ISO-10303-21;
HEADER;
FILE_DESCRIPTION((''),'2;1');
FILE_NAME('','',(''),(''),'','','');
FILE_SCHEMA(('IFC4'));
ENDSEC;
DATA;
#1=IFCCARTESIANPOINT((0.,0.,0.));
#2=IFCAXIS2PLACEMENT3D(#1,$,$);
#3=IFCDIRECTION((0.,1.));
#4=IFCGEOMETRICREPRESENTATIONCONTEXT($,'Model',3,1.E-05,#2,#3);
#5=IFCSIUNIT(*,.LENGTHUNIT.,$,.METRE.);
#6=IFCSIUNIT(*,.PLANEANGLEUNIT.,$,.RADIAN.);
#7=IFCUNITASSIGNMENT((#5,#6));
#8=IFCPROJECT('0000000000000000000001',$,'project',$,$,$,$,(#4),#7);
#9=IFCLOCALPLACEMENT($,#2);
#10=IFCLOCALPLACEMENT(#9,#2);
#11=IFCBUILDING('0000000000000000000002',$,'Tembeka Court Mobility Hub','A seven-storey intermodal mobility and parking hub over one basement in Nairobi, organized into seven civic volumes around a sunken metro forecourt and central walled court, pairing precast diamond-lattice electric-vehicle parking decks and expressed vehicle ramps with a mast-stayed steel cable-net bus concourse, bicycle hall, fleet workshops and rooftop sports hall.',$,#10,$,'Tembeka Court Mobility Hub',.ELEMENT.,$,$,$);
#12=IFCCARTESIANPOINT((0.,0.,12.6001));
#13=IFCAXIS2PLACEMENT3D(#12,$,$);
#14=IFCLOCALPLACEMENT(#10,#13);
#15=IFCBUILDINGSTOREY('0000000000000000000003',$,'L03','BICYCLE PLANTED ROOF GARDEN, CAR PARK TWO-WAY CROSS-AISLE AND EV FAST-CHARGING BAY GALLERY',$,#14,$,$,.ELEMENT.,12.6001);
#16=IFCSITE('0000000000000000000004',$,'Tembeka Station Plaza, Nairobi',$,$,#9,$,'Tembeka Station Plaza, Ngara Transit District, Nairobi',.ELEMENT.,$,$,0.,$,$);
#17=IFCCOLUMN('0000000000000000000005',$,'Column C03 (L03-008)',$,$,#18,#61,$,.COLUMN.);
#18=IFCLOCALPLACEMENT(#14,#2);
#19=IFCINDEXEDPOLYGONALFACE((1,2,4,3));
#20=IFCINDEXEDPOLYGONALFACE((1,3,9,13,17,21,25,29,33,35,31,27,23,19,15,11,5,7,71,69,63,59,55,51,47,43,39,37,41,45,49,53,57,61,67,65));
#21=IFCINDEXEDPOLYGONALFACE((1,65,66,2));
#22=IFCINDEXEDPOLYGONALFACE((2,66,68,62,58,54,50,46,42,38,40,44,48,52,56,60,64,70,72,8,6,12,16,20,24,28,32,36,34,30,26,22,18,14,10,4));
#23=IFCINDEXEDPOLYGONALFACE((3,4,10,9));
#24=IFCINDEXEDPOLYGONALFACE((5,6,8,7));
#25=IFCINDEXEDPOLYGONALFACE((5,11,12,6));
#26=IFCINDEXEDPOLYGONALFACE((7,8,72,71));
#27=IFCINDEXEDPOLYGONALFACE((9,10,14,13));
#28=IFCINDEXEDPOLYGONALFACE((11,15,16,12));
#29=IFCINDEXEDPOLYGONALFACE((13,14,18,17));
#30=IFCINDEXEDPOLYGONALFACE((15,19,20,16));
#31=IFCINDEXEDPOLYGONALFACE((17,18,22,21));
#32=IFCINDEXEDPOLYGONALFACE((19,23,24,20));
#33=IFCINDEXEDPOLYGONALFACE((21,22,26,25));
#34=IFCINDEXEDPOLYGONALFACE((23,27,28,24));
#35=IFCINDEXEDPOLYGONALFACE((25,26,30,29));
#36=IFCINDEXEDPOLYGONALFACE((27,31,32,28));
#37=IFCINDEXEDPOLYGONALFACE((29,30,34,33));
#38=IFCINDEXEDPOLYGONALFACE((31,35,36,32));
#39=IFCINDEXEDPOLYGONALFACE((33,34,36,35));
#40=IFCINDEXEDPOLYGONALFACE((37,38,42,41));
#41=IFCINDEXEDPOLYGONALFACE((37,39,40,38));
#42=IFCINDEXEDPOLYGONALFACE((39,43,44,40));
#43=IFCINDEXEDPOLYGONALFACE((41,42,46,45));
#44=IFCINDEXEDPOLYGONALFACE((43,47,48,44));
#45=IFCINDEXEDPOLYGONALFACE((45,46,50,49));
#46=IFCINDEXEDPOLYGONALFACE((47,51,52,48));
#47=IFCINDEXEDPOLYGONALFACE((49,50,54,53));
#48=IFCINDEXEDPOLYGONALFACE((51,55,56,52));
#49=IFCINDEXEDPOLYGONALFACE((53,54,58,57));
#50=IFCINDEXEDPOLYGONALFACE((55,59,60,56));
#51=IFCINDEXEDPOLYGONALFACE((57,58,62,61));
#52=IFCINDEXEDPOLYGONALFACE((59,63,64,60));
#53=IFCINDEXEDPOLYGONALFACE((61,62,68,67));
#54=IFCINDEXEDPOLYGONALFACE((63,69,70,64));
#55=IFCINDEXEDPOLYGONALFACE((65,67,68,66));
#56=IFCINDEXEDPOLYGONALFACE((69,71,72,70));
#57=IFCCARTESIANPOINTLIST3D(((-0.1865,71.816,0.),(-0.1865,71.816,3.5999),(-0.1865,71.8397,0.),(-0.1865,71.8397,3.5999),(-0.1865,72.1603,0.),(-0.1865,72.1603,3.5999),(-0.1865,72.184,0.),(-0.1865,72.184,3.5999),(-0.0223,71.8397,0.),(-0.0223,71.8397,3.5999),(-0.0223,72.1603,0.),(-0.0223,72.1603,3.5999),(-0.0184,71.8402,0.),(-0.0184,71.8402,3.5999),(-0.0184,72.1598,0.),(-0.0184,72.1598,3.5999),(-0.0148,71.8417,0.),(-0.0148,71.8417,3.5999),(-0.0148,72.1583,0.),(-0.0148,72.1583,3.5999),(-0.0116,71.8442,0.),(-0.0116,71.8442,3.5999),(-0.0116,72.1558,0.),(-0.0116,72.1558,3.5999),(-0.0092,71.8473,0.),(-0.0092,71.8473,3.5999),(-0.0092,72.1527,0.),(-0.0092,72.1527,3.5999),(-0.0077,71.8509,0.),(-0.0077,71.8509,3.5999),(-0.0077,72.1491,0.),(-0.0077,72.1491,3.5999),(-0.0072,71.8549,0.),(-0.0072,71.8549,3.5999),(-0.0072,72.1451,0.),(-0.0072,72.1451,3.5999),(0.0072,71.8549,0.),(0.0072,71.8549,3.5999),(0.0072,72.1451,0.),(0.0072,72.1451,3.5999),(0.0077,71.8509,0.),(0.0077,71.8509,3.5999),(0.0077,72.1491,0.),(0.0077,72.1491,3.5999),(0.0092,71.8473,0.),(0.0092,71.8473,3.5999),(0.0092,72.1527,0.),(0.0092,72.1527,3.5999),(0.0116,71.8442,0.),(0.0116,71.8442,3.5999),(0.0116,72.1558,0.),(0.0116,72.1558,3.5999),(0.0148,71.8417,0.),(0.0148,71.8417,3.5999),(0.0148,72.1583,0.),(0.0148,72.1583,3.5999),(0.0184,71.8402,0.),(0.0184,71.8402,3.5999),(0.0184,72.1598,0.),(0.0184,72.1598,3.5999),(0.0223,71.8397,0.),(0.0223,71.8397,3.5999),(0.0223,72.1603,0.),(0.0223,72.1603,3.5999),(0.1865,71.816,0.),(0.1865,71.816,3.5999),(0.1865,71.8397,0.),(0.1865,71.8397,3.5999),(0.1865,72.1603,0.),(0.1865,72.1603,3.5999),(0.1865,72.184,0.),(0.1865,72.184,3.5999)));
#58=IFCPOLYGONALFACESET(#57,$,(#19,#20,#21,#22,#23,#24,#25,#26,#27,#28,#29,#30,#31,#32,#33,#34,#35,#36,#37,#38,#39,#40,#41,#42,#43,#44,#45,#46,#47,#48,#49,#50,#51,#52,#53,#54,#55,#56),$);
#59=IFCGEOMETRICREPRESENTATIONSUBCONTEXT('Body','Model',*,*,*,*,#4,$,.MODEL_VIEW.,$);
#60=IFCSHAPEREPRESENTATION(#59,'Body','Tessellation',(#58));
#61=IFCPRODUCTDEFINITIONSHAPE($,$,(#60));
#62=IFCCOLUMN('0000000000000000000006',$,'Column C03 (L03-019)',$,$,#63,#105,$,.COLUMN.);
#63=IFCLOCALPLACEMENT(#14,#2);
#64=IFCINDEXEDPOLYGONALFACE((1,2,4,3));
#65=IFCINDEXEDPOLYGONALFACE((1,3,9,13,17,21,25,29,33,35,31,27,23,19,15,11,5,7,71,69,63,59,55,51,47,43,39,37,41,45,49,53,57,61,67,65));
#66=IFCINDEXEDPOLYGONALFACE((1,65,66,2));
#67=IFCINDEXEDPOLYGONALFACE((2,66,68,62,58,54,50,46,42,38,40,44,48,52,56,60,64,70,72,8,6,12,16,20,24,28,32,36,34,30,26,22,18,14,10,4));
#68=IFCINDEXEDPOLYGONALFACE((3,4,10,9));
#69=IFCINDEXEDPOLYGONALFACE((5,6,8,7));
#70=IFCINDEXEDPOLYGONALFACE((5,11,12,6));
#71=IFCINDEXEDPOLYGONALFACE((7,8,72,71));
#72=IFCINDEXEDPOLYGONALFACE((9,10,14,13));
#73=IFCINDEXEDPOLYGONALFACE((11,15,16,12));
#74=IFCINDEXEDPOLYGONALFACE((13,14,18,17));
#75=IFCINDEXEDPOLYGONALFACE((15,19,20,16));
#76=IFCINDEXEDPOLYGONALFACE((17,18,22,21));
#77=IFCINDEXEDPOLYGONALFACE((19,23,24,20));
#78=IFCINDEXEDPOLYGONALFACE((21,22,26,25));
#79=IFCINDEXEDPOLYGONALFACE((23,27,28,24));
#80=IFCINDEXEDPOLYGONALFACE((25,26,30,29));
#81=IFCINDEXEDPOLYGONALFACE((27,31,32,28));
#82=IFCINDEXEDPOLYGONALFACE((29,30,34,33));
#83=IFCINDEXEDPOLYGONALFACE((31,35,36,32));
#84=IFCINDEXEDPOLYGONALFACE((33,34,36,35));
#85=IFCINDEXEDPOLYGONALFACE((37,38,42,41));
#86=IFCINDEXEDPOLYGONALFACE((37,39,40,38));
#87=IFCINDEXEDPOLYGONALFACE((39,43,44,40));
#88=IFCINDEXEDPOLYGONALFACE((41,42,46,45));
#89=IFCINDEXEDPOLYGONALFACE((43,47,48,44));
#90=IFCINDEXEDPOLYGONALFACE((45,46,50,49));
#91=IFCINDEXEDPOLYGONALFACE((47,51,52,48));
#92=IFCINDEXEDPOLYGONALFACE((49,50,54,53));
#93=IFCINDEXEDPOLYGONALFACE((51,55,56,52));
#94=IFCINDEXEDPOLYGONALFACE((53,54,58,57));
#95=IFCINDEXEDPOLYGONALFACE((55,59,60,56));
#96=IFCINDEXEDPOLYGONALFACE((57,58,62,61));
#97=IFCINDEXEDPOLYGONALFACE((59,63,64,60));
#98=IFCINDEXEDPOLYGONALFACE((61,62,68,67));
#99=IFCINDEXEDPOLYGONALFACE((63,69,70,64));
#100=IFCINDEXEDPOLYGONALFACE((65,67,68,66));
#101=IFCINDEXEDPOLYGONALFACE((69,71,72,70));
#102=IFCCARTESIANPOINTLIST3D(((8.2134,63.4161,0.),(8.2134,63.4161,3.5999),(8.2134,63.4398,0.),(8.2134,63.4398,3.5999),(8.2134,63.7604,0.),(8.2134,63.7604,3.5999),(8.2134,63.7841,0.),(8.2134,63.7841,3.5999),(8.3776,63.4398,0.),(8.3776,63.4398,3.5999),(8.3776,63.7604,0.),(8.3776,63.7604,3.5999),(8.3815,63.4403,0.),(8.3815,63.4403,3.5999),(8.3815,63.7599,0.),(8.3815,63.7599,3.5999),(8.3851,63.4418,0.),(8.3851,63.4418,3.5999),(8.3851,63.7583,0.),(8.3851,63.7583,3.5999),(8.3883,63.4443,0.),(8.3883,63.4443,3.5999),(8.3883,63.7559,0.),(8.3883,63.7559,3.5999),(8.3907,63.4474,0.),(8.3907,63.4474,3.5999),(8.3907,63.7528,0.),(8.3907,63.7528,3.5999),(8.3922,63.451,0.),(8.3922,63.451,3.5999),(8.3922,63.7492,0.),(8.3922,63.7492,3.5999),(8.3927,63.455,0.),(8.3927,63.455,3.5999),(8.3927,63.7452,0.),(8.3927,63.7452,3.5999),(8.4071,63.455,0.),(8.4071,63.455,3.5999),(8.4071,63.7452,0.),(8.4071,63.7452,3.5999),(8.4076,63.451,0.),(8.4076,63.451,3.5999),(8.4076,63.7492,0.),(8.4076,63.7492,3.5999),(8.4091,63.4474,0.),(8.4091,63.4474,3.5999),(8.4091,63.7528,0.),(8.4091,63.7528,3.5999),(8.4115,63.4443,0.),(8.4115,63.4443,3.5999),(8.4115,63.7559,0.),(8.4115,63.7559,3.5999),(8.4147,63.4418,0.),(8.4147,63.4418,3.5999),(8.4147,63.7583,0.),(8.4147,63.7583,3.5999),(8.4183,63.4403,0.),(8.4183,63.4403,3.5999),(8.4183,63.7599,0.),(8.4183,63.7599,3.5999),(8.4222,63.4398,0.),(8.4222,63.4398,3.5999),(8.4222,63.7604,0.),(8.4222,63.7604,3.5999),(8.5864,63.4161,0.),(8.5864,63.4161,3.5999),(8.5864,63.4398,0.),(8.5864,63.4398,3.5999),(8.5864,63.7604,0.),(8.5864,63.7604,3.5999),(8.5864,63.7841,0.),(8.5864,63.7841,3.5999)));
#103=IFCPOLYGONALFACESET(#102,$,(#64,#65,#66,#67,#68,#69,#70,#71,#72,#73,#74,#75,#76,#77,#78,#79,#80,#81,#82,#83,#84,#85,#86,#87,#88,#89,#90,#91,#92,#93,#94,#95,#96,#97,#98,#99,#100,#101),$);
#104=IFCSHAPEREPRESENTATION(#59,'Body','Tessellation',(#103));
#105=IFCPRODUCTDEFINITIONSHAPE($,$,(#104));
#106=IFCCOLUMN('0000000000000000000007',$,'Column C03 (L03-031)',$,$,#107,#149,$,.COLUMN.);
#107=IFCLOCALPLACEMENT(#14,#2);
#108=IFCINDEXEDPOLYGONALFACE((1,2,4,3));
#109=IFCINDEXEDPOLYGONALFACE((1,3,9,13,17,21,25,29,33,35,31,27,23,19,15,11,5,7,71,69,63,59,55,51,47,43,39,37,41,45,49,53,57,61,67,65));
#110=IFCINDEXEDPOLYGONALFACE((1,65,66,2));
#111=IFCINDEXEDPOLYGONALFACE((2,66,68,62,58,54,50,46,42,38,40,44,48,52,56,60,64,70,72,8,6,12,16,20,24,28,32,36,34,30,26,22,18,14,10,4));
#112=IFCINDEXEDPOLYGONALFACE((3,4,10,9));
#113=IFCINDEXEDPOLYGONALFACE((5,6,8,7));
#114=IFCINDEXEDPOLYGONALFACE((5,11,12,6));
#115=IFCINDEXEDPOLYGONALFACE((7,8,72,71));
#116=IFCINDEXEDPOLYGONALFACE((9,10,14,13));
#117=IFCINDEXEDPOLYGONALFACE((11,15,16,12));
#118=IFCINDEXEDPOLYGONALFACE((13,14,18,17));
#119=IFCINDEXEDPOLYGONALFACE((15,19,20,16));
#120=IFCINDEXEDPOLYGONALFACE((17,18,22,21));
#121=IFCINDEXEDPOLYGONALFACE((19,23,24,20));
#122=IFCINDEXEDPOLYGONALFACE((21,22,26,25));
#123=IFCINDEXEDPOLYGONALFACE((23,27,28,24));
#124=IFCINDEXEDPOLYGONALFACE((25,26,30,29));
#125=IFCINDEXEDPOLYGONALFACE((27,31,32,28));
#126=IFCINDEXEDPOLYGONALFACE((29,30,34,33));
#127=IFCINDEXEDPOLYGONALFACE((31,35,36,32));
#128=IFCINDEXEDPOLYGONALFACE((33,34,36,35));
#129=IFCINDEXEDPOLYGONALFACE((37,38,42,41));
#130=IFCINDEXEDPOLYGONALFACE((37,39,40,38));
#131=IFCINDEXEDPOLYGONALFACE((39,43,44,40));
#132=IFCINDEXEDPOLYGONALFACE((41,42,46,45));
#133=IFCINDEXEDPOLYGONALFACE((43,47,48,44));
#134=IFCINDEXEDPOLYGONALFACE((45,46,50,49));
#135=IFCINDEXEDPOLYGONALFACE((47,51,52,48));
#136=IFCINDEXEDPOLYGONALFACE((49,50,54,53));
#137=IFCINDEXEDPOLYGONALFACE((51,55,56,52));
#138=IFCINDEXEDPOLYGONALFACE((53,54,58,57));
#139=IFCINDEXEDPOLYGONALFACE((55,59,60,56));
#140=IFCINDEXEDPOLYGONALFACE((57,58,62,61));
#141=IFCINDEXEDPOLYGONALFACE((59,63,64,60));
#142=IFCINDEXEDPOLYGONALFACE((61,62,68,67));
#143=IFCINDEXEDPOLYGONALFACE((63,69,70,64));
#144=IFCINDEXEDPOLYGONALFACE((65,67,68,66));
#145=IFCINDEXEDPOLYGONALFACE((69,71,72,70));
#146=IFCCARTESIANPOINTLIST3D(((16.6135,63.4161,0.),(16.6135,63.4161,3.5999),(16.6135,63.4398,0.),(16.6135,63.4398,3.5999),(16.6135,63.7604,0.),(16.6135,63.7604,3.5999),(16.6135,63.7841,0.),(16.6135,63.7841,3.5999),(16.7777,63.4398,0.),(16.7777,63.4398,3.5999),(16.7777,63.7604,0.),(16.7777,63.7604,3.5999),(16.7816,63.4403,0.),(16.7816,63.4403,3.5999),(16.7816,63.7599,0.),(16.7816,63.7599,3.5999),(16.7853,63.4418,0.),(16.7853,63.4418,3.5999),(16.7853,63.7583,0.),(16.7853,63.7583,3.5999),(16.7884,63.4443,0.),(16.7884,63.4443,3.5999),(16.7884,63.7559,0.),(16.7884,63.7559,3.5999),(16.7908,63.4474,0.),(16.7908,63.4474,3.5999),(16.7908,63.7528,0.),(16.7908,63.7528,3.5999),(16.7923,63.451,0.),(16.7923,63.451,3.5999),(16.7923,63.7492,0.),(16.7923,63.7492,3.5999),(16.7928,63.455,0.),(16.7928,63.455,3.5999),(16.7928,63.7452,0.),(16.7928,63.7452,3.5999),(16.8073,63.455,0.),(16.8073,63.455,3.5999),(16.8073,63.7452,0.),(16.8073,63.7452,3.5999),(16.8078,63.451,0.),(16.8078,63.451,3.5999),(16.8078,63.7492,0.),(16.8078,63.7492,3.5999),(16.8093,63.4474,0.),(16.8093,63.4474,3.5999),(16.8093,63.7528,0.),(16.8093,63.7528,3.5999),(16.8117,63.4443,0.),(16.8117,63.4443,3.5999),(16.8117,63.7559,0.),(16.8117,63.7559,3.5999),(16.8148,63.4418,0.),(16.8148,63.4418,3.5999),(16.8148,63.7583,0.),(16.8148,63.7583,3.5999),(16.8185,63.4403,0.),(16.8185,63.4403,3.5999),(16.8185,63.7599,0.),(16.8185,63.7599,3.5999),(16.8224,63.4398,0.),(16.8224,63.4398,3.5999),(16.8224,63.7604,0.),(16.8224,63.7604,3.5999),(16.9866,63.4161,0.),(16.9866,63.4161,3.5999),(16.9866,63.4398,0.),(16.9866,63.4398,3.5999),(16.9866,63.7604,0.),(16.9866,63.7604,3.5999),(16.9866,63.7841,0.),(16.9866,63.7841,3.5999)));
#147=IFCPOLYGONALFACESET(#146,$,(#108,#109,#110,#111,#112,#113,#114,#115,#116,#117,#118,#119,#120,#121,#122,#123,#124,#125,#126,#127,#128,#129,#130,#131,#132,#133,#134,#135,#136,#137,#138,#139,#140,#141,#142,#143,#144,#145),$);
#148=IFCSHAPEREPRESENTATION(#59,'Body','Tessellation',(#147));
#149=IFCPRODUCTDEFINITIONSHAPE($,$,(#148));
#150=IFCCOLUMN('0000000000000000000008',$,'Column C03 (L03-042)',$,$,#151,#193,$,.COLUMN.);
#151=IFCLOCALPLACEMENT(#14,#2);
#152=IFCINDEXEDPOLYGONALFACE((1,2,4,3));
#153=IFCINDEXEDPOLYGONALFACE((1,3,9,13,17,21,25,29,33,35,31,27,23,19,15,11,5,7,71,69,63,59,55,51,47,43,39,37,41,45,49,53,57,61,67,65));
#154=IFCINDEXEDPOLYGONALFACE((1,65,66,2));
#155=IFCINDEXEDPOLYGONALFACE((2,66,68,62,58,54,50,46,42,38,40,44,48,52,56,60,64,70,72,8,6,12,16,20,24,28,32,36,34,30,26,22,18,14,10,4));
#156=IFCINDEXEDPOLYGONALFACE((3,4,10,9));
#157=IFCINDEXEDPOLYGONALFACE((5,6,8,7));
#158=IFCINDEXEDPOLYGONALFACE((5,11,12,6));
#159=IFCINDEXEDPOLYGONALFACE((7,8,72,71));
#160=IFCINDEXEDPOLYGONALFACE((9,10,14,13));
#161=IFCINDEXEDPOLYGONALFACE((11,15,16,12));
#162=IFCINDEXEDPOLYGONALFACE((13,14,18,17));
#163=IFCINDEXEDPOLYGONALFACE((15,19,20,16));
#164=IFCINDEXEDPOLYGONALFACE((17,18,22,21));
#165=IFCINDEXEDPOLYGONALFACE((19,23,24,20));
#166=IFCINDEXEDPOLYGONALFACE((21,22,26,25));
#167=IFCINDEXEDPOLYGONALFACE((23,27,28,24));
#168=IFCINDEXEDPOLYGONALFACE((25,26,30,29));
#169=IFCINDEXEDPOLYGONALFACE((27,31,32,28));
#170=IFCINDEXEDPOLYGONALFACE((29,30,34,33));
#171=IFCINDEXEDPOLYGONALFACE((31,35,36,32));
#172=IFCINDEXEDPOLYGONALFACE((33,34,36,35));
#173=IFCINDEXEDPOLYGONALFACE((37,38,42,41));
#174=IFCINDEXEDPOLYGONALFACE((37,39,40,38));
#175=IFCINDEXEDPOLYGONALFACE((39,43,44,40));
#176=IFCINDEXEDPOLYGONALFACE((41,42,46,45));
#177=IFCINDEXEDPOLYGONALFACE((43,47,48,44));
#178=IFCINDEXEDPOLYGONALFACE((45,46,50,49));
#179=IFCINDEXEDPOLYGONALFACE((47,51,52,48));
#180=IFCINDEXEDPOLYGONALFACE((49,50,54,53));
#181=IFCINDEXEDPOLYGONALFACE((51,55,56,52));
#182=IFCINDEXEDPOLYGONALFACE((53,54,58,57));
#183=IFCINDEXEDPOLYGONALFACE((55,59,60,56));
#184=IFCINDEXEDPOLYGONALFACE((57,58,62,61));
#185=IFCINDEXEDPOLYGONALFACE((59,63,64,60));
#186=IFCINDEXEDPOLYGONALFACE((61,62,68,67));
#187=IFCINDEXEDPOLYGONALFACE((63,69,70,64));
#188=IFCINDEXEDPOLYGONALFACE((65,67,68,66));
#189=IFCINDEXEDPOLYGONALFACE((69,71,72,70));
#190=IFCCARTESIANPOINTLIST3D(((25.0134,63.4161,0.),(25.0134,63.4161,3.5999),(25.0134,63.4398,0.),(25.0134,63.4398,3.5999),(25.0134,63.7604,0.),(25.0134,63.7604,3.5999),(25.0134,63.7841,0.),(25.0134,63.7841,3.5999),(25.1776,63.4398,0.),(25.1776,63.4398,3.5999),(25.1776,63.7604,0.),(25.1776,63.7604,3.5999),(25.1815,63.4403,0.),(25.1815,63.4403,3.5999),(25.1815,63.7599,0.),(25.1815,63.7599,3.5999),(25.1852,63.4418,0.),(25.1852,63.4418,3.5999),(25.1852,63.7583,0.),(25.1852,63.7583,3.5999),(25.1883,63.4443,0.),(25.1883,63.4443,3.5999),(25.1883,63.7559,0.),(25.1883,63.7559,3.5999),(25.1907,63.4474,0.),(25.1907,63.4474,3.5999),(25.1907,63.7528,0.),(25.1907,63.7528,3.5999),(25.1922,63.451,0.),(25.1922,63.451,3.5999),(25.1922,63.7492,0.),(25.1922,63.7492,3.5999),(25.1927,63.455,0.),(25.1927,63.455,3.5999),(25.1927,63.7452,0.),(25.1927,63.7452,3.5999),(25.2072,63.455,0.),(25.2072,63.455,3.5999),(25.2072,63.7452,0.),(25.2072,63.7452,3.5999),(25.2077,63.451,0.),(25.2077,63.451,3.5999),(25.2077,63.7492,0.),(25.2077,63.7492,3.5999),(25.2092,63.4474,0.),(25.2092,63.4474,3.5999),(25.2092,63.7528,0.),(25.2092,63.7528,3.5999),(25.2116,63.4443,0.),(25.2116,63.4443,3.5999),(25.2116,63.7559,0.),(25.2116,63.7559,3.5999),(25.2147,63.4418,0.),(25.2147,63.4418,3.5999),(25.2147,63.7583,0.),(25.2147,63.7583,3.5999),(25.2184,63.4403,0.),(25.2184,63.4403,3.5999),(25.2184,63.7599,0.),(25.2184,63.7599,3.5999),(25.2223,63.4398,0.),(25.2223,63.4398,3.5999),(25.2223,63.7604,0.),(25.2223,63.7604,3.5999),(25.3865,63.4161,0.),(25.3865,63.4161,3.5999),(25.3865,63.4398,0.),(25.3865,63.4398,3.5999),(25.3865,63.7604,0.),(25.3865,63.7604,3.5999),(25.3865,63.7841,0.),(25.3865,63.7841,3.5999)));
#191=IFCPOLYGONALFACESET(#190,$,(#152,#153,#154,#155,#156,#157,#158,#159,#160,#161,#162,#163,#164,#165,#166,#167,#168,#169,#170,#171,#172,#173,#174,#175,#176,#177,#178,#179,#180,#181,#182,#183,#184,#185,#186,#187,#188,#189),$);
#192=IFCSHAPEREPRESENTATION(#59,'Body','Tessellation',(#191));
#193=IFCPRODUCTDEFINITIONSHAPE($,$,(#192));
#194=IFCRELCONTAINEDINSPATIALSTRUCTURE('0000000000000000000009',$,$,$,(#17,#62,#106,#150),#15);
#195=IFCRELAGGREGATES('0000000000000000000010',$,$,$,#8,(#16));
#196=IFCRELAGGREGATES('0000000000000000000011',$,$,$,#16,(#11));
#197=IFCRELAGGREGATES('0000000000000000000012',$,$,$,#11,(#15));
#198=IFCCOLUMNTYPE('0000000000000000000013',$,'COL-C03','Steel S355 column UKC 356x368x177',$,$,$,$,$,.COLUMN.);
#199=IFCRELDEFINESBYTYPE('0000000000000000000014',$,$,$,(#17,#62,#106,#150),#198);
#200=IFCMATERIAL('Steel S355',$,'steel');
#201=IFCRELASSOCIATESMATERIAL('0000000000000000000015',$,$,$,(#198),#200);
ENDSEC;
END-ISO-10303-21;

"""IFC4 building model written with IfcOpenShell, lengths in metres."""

from ifc_helpers import new_model, si_unit, direction, frame, origin, origin_2d, place, context, subcontext, project, spatial, i_section, extrude, material, material_profile, profile_set, type_object, element, save


model = new_model("IFC4")

# Units and contexts
model_context = context("Model", 3, precision=1e-05, world=origin(), true_north=direction((0.0, 1.0)))
body_context = subcontext(model_context, "Body", "Model", "MODEL_VIEW")
ifc_project = project(units=[si_unit("LENGTHUNIT", "METRE"), si_unit("PLANEANGLEUNIT", "RADIAN")], contexts=[model_context])

# Site, building, storey
site_placement = place(None, origin())
site = spatial("IfcSite", under=ifc_project, at=site_placement, Name="Tembeka Station Plaza, Nairobi", LongName="Tembeka Station Plaza, Ngara Transit District, Nairobi", CompositionType="ELEMENT", RefElevation=0.0)
building_placement = place(site_placement, origin())
building = spatial("IfcBuilding", under=site, at=building_placement, Name="Tembeka Court Mobility Hub", Description="A seven-storey intermodal mobility and parking hub over one basement in Nairobi, organized into seven civic volumes around a sunken metro forecourt and central walled court, pairing precast diamond-lattice electric-vehicle parking decks and expressed vehicle ramps with a mast-stayed steel cable-net bus concourse, bicycle hall, fleet workshops and rooftop sports hall.", LongName="Tembeka Court Mobility Hub", CompositionType="ELEMENT")
storey_placement = place(building_placement, frame((0.0, 0.0, 12.6001)))
storey = spatial("IfcBuildingStorey", under=building, at=storey_placement, Name="L03", Description="BICYCLE PLANTED ROOF GARDEN, CAR PARK TWO-WAY CROSS-AISLE AND EV FAST-CHARGING BAY GALLERY", CompositionType="ELEMENT", Elevation=12.6001)

# Columns
ifc_material_1 = material(Name="Steel S355", Category="steel")
ifc_material_profile_1 = material_profile(ifc_material_1, i_section(OverallWidth=0.373, OverallDepth=0.3679, WebThickness=0.0144, FlangeThickness=0.0237, FilletRadius=0.0151, at=origin_2d()), Name="UKC 356x368x177")
ifc_profile_set_1 = profile_set([ifc_material_profile_1], Name="Steel S355")
column_type = type_object("IfcColumnType", Name="COL-C03", Description="Steel S355 column UKC 356x368x177", PredefinedType="COLUMN", material=ifc_profile_set_1)
for number, where, z_axis, x_axis, name in (
    (1, (0.0, 72.0, 0.0), (0.0, 0.0, 1.0), (1.0, 0.0, 0.0), "Column C03 (L03-008)"),
    (2, (8.3999, 63.6001, 0.0), (0.0, 0.0, 1.0), (1.0, 0.0, 0.0), "Column C03 (L03-019)"),
    (3, (16.8, 63.6001, 0.0), (0.0, 0.0, 1.0), (1.0, 0.0, 0.0), "Column C03 (L03-031)"),
    (4, (25.2, 63.6001, 0.0), (0.0, 0.0, 1.0), (1.0, 0.0, 0.0), "Column C03 (L03-042)"),
):
    element("IfcColumn", number, at=place(storey_placement, frame(where, z_axis=z_axis, x_axis=x_axis)), inside=storey, type_object=column_type, Name=name, PredefinedType="COLUMN", context=body_context, shape_type="SweptSolid", body=[
        extrude(i_section(OverallWidth=0.373, OverallDepth=0.3679, WebThickness=0.0144, FlangeThickness=0.0237, FilletRadius=0.0151, at=origin_2d()), origin(), (0.0, 0.0, 1.0), 3.5999),
    ])

save(model, "model.ifc")
